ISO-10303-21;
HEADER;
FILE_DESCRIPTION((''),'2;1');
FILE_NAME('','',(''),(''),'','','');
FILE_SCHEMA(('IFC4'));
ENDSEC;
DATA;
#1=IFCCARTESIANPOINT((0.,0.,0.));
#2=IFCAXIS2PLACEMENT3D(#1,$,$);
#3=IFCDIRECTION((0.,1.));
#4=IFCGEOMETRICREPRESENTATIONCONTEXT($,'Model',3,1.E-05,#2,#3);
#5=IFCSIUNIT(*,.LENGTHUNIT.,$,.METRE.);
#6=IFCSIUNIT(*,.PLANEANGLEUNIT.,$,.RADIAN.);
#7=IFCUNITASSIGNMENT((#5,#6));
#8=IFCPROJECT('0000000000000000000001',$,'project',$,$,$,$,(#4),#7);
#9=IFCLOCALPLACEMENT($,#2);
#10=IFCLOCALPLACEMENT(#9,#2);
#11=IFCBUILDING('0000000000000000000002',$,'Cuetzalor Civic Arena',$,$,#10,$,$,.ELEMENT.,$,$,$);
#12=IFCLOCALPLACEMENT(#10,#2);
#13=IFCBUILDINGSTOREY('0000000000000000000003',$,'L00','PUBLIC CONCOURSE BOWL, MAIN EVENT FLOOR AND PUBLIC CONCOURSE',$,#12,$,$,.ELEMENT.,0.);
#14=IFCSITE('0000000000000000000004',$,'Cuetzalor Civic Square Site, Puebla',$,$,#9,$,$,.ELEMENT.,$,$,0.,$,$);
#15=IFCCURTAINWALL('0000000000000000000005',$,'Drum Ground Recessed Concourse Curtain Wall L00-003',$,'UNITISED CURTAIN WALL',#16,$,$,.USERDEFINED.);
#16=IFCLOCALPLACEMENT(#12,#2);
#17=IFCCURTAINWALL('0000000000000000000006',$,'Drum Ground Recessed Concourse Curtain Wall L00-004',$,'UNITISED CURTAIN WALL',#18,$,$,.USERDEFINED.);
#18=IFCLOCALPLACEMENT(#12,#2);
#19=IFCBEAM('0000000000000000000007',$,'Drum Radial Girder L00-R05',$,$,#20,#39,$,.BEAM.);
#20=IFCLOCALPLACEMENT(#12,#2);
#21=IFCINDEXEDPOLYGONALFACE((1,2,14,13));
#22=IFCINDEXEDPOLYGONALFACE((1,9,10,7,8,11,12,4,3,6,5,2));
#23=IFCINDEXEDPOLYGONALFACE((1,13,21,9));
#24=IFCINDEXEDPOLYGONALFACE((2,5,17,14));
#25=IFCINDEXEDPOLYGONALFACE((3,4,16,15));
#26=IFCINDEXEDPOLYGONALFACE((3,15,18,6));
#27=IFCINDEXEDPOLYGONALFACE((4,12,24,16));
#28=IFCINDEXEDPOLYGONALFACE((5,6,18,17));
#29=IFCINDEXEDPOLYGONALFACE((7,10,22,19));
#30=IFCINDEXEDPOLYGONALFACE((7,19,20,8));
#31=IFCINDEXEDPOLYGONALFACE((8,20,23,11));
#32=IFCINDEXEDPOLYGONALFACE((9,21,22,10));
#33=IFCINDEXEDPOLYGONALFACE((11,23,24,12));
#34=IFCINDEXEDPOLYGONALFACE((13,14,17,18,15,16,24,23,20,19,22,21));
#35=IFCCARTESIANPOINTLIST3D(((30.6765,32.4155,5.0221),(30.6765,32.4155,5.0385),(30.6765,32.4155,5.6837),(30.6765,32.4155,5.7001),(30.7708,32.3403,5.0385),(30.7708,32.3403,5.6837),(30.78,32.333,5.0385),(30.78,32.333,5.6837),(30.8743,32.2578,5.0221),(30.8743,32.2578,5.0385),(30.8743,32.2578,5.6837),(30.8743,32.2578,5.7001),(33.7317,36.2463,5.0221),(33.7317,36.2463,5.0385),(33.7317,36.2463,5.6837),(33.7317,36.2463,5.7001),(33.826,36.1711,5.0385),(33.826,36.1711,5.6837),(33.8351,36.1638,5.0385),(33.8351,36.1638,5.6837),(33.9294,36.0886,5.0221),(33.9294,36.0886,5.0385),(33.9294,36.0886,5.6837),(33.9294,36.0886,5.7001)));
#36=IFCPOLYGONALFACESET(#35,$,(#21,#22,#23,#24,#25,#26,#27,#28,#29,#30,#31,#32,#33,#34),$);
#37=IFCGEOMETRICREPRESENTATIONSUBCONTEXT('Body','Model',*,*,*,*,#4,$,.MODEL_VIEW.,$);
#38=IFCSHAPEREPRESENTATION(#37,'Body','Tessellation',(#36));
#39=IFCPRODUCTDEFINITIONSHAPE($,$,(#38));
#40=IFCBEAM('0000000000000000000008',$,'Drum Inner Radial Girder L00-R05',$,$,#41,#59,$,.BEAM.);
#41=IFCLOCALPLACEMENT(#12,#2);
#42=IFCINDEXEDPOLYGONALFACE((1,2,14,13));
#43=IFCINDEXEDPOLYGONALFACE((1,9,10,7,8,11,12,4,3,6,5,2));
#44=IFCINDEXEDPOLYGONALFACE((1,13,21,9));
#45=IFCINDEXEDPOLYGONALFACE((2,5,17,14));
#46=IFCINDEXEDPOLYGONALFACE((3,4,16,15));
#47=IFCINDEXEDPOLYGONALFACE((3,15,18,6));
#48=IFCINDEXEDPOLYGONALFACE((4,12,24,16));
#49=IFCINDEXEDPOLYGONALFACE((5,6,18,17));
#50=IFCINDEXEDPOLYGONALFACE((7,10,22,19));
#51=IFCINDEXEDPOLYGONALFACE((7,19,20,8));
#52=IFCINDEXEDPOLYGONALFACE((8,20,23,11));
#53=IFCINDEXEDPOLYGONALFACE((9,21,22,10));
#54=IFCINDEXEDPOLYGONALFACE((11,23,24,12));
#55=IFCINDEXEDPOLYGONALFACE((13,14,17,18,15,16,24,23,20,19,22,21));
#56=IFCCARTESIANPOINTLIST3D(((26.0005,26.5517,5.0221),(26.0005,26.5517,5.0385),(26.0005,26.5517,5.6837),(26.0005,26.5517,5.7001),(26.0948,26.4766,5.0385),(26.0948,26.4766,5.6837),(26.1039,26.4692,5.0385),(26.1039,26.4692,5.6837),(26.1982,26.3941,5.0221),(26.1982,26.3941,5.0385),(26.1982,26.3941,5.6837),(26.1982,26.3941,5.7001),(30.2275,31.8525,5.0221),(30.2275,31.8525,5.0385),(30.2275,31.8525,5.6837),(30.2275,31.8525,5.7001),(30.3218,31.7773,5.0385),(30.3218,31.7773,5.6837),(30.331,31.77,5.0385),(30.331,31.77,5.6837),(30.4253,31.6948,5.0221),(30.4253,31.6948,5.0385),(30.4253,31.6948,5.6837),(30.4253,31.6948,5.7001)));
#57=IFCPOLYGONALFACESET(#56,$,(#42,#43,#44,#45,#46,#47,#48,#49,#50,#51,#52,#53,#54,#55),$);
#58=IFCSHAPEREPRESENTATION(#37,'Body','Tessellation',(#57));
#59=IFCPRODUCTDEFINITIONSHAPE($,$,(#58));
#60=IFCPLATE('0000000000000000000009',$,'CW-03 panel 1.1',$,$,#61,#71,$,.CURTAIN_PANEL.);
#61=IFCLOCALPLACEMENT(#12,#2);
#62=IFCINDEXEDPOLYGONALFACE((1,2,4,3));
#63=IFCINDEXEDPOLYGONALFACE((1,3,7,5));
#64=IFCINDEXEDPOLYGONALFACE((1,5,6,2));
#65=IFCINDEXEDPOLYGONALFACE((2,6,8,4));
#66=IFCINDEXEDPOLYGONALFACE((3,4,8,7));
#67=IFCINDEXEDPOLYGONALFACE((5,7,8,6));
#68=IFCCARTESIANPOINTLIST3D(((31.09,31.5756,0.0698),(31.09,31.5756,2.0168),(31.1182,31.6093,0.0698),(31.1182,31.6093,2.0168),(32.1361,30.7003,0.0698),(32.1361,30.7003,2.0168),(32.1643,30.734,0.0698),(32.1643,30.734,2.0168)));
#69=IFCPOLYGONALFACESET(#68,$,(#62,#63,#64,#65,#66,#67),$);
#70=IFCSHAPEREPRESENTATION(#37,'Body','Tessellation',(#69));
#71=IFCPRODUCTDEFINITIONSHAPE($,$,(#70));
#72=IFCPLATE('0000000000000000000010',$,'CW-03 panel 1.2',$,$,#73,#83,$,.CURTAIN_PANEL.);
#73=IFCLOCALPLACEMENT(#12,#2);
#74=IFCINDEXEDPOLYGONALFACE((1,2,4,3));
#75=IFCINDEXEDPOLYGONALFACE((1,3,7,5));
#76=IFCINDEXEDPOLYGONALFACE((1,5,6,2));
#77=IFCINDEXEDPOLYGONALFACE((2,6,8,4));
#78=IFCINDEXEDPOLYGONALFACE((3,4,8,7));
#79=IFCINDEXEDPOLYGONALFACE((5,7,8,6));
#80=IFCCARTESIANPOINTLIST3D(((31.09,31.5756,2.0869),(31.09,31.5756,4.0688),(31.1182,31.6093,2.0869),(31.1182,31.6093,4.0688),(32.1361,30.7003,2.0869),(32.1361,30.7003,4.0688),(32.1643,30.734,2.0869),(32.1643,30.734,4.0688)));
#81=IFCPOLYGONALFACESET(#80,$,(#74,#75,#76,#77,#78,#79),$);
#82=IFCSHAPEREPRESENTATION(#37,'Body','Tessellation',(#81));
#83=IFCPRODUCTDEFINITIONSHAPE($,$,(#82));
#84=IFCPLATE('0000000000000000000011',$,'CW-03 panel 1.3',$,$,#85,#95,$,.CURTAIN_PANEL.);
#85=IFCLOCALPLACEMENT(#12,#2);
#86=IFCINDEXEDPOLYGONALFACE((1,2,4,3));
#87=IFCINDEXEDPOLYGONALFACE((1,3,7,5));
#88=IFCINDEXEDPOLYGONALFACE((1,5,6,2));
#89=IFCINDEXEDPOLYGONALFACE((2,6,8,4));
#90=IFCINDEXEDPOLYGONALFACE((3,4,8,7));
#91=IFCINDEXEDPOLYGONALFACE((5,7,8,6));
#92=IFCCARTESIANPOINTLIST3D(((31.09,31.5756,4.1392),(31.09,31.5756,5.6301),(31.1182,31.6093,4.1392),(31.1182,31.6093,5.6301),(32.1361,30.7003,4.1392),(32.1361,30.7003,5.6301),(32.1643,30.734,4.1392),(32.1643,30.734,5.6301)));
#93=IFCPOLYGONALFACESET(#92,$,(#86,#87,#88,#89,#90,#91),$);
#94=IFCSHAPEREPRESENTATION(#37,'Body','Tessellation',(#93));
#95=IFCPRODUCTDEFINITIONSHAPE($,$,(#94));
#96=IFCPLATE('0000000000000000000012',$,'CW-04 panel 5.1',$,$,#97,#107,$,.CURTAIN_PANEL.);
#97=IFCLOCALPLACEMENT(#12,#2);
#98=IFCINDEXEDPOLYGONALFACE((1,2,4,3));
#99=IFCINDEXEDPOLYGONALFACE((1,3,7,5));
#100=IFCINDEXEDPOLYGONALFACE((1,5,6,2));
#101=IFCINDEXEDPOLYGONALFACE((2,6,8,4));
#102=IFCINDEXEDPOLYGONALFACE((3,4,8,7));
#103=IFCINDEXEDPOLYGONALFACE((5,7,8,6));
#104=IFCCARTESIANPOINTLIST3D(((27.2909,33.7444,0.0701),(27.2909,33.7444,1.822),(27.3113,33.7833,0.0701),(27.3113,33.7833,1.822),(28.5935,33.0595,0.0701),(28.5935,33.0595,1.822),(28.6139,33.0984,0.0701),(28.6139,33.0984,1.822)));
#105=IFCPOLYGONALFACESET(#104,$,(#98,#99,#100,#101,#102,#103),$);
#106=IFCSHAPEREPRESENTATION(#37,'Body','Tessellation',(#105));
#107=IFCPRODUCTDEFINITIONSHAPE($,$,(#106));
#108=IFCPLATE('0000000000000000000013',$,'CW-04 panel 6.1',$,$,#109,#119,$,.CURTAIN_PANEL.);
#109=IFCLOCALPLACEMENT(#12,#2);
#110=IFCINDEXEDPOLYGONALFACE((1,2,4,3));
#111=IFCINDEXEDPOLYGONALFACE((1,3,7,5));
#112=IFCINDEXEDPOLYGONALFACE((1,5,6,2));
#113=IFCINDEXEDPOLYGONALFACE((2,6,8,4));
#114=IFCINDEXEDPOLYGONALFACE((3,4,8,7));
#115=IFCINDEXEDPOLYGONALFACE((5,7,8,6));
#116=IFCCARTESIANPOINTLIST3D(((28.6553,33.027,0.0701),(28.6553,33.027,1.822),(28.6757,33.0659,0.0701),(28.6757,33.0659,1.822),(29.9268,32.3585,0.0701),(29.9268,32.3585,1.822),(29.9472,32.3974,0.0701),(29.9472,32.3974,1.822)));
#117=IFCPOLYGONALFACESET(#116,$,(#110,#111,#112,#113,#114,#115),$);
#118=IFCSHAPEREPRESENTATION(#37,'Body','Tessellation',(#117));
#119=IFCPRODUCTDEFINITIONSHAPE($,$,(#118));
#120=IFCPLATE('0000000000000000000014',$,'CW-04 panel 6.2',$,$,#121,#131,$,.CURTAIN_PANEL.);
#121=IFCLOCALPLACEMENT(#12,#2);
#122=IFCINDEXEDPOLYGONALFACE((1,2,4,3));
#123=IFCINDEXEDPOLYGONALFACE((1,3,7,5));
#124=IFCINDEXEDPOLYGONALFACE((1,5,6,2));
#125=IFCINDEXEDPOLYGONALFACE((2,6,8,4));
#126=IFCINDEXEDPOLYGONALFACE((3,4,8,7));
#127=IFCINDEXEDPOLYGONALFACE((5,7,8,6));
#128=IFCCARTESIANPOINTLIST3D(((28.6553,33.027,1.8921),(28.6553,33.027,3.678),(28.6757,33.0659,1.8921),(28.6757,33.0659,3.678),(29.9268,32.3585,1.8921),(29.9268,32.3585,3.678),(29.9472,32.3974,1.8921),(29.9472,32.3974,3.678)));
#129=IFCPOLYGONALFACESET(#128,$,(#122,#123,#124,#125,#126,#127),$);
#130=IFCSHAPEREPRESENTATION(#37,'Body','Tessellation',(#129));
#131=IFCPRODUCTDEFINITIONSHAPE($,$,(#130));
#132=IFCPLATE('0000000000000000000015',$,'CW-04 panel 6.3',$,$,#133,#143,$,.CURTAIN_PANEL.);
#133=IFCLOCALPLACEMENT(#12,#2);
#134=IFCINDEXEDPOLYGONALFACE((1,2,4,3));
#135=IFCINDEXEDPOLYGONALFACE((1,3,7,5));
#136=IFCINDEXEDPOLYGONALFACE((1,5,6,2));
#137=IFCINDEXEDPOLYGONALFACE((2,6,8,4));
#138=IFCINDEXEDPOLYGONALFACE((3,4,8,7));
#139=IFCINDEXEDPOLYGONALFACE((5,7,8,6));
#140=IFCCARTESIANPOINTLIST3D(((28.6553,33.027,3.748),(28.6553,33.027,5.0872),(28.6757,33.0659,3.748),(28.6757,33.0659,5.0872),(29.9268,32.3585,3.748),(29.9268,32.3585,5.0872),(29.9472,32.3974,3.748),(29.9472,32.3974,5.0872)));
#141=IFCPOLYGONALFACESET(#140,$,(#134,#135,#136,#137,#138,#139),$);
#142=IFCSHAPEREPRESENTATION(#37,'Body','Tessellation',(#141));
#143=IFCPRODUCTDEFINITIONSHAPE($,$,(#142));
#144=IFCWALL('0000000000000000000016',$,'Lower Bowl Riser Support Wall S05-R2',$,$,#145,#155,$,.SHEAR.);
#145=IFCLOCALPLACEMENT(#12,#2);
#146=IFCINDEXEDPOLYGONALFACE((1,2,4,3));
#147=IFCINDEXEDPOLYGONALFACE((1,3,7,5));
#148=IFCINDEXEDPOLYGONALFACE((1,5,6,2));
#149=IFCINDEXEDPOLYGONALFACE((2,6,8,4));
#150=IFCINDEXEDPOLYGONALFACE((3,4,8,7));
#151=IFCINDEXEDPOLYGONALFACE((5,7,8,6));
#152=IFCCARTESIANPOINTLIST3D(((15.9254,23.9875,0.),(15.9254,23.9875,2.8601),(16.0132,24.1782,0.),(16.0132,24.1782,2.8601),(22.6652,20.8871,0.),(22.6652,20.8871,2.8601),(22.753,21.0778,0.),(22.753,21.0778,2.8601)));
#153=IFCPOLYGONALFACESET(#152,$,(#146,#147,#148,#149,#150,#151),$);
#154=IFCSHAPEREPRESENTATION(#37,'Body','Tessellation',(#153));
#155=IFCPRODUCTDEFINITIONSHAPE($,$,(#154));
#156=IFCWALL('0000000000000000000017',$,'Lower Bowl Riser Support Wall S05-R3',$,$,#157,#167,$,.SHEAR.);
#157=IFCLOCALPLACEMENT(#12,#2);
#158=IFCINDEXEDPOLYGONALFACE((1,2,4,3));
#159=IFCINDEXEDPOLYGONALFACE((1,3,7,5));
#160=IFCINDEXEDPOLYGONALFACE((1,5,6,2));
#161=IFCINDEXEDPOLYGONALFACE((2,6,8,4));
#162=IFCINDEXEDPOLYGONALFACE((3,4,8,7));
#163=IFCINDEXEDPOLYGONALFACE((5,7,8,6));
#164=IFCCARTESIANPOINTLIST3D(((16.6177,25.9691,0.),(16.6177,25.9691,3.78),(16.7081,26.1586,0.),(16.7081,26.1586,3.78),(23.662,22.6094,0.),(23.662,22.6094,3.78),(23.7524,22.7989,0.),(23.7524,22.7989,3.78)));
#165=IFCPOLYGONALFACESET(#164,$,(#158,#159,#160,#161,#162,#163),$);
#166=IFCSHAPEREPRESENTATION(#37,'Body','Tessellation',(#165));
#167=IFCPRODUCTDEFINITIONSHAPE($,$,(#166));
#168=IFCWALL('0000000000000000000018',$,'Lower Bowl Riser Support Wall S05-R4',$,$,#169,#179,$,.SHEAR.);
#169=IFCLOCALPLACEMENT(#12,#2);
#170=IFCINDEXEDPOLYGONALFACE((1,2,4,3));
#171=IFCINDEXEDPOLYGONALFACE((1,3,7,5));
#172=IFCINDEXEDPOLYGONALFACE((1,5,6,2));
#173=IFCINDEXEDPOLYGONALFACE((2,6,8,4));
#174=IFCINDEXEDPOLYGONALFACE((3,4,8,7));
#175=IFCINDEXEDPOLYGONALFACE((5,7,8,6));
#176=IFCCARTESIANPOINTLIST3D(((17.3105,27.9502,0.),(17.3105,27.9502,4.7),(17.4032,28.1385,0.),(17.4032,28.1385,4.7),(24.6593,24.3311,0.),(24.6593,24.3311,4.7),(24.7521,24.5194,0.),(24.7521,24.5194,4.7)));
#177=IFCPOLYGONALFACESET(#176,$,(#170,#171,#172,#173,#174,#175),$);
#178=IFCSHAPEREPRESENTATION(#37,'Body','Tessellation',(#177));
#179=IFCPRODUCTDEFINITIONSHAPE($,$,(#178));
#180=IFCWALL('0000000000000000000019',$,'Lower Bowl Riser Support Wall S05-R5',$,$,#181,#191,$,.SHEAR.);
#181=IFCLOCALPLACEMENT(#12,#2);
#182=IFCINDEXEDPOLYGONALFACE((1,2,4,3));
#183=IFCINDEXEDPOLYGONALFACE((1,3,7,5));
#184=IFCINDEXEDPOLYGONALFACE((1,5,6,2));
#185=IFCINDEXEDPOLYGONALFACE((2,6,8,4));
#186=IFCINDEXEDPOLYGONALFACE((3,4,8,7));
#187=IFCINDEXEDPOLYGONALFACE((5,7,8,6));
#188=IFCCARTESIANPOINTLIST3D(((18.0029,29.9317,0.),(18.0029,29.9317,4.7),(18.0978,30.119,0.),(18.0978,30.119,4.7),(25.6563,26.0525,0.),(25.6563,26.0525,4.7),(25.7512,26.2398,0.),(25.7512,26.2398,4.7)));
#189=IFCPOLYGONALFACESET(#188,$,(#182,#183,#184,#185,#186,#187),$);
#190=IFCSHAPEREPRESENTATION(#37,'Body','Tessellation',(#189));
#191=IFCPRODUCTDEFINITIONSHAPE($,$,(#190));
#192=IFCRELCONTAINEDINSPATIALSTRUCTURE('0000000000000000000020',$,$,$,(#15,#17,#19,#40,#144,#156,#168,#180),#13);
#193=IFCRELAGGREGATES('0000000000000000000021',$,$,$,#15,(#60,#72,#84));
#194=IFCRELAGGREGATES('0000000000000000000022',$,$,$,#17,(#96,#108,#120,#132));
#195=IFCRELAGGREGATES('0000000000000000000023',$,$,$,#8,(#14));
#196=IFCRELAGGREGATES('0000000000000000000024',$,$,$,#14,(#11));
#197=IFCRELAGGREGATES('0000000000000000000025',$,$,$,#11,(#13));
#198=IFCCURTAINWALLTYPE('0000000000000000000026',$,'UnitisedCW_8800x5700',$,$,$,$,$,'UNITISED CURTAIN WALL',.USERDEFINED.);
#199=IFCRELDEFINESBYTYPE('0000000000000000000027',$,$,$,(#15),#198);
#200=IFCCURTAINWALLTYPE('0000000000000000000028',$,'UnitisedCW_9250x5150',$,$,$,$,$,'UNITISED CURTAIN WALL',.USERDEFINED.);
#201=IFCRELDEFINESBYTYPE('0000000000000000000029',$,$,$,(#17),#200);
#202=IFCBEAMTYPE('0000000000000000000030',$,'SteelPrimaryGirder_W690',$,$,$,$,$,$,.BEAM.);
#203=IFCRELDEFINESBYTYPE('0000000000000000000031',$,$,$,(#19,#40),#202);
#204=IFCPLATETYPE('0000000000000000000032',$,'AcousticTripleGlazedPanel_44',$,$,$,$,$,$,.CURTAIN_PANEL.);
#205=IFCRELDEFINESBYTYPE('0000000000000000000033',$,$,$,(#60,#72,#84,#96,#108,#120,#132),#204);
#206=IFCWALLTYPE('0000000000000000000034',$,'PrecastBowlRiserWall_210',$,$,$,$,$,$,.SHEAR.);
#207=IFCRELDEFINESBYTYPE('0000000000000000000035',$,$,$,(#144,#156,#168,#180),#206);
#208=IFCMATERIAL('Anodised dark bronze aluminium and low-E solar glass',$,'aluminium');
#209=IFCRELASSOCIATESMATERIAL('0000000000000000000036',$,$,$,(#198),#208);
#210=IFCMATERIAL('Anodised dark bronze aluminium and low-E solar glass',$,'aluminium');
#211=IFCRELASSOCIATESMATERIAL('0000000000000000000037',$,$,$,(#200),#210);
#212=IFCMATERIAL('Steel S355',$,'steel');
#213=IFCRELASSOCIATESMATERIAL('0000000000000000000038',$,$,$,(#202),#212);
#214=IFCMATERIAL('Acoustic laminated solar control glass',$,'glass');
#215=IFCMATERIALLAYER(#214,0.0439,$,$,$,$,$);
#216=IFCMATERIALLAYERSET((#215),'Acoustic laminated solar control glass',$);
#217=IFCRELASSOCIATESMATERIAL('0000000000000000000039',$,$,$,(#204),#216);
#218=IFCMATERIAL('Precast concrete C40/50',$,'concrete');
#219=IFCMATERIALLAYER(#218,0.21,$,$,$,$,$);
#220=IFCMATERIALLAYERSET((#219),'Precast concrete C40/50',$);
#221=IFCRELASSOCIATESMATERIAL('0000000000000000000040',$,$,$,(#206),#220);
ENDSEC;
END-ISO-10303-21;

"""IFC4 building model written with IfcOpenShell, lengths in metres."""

from ifc_helpers import new_model, si_unit, direction, frame, frame_2d, origin, origin_2d, place, context, subcontext, project, spatial, rectangle, i_section, extrude, material, layer, layer_set, material_profile, profile_set, type_object, element, aggregate, save


model = new_model("IFC4")

# Units and contexts
model_context = context("Model", 3, precision=1e-05, world=origin(), true_north=direction((0.0, 1.0)))
body_context = subcontext(model_context, "Body", "Model", "MODEL_VIEW")
ifc_project = project(units=[si_unit("LENGTHUNIT", "METRE"), si_unit("PLANEANGLEUNIT", "RADIAN")], contexts=[model_context])

# Site, building, storey
site_placement = place(None, origin())
site = spatial("IfcSite", under=ifc_project, at=site_placement, Name="Cuetzalor Civic Square Site, Puebla", CompositionType="ELEMENT", RefElevation=0.0)
building_placement = place(site_placement, origin())
building = spatial("IfcBuilding", under=site, at=building_placement, Name="Cuetzalor Civic Arena", CompositionType="ELEMENT")
storey_placement = place(building_placement, origin())
storey = spatial("IfcBuildingStorey", under=building, at=storey_placement, Name="L00", Description="PUBLIC CONCOURSE BOWL, MAIN EVENT FLOOR AND PUBLIC CONCOURSE", CompositionType="ELEMENT", Elevation=0.0)

# Curtain walls
ifc_material_1 = material(Name="Anodised dark bronze aluminium and low-E solar glass", Category="aluminium")
curtain_wall_type_1 = type_object("IfcCurtainWallType", Name="UnitisedCW_8800x5700", ElementType="UNITISED CURTAIN WALL", PredefinedType="USERDEFINED", material=ifc_material_1)
curtain_wall_1_placement = place(storey_placement, origin())
curtain_wall_1 = element("IfcCurtainWall", 1, at=curtain_wall_1_placement, inside=storey, type_object=curtain_wall_type_1, Name="Drum Ground Recessed Concourse Curtain Wall L00-003", ObjectType="UNITISED CURTAIN WALL", PredefinedType="USERDEFINED")
ifc_material_2 = material(Name="Anodised dark bronze aluminium and low-E solar glass", Category="aluminium")
curtain_wall_type_2 = type_object("IfcCurtainWallType", Name="UnitisedCW_9250x5150", ElementType="UNITISED CURTAIN WALL", PredefinedType="USERDEFINED", material=ifc_material_2)
curtain_wall_2_placement = place(storey_placement, origin())
curtain_wall_2 = element("IfcCurtainWall", 2, at=curtain_wall_2_placement, inside=storey, type_object=curtain_wall_type_2, Name="Drum Ground Recessed Concourse Curtain Wall L00-004", ObjectType="UNITISED CURTAIN WALL", PredefinedType="USERDEFINED")

# Beams
ifc_material_3 = material(Name="Steel S355", Category="steel")
ifc_material_profile_1 = material_profile(ifc_material_3, i_section(OverallWidth=0.2529, OverallDepth=0.678, WebThickness=0.0117, FlangeThickness=0.0164, at=origin_2d()), Name="W690x125")
ifc_profile_set_1 = profile_set([ifc_material_profile_1], Name="Steel S355")
beam_type_1 = type_object("IfcBeamType", Name="SteelPrimaryGirder_W690", PredefinedType="BEAM", material=ifc_profile_set_1)
beam_1_placement = place(storey_placement, frame((30.7754, 32.3367, 5.3611), z_axis=(0.623516, 0.781811, 0.0), x_axis=(-0.781811, 0.623516, 0.0)))
element("IfcBeam", 3, at=beam_1_placement, inside=storey, type_object=beam_type_1, Name="Drum Radial Girder L00-R05", PredefinedType="BEAM", context=body_context, shape_type="SweptSolid", body=[
    extrude(i_section(OverallWidth=0.2529, OverallDepth=0.678, WebThickness=0.0117, FlangeThickness=0.0164, at=origin_2d()), origin(), (0.0, 0.0, 1.0), 4.8999),
])
beam_2_placement = place(storey_placement, frame((26.0994, 26.4729, 5.3611), z_axis=(0.623473, 0.781845, 0.0), x_axis=(-0.781845, 0.623473, 0.0)))
element("IfcBeam", 4, at=beam_2_placement, inside=storey, type_object=beam_type_1, Name="Drum Inner Radial Girder L00-R05", PredefinedType="BEAM", context=body_context, shape_type="SweptSolid", body=[
    extrude(i_section(OverallWidth=0.2529, OverallDepth=0.678, WebThickness=0.0117, FlangeThickness=0.0164, at=origin_2d()), origin(), (0.0, 0.0, 1.0), 6.7798),
])

# Plates
ifc_material_4 = material(Name="Acoustic laminated solar control glass", Category="glass")
ifc_layer_1 = layer(ifc_material_4, 0.0439)
ifc_layer_set_1 = layer_set([ifc_layer_1], Name="Acoustic laminated solar control glass")
plate_type = type_object("IfcPlateType", Name="AcousticTripleGlazedPanel_44", PredefinedType="CURTAIN_PANEL", material=ifc_layer_set_1)
plate_1_placement = place(storey_placement, frame((31.6272, 31.1548, 0.0698), z_axis=(0.0, 0.0, 1.0), x_axis=(0.766928, -0.641733, 0.0)))
plate_1 = element("IfcPlate", 5, at=plate_1_placement, type_object=plate_type, Name="CW-03 panel 1.1", PredefinedType="CURTAIN_PANEL", context=body_context, shape_type="SweptSolid", body=[
    extrude(rectangle(XDim=1.364, YDim=0.0439, at=origin_2d()), origin(), (0.0, 0.0, 1.0), 1.947),
])
plate_2_placement = place(storey_placement, frame((31.6272, 31.1548, 2.0869), z_axis=(0.0, 0.0, 1.0), x_axis=(0.766928, -0.641733, 0.0)))
plate_2 = element("IfcPlate", 6, at=plate_2_placement, type_object=plate_type, Name="CW-03 panel 1.2", PredefinedType="CURTAIN_PANEL", context=body_context, shape_type="SweptSolid", body=[
    extrude(rectangle(XDim=1.364, YDim=0.0439, at=origin_2d()), origin(), (0.0, 0.0, 1.0), 1.9819),
])
plate_3_placement = place(storey_placement, frame((31.6272, 31.1548, 4.1392), z_axis=(0.0, 0.0, 1.0), x_axis=(0.766928, -0.641733, 0.0)))
plate_3 = element("IfcPlate", 7, at=plate_3_placement, type_object=plate_type, Name="CW-03 panel 1.3", PredefinedType="CURTAIN_PANEL", context=body_context, shape_type="SweptSolid", body=[
    extrude(rectangle(XDim=1.364, YDim=0.0439, at=origin_2d()), origin(), (0.0, 0.0, 1.0), 1.491),
])
aggregate(curtain_wall_1, [plate_1, plate_2, plate_3])
plate_4_placement = place(storey_placement, frame((27.9524, 33.4214, 0.0701), z_axis=(0.0, 0.0, 1.0), x_axis=(0.885118, -0.465366, 0.0)))
plate_4 = element("IfcPlate", 8, at=plate_4_placement, type_object=plate_type, Name="CW-04 panel 5.1", PredefinedType="CURTAIN_PANEL", context=body_context, shape_type="SweptSolid", body=[
    extrude(rectangle(XDim=1.4717, YDim=0.0439, at=origin_2d()), origin(), (0.0, 0.0, 1.0), 1.752),
])
plate_5_placement = place(storey_placement, frame((29.3013, 32.7122, 0.0701), z_axis=(0.0, 0.0, 1.0), x_axis=(0.885118, -0.465366, 0.0)))
plate_5 = element("IfcPlate", 9, at=plate_5_placement, type_object=plate_type, Name="CW-04 panel 6.1", PredefinedType="CURTAIN_PANEL", context=body_context, shape_type="SweptSolid", body=[
    extrude(rectangle(XDim=1.4365, YDim=0.0439, at=origin_2d()), origin(), (0.0, 0.0, 1.0), 1.752),
])
plate_6_placement = place(storey_placement, frame((29.3013, 32.7122, 1.8921), z_axis=(0.0, 0.0, 1.0), x_axis=(0.885118, -0.465366, 0.0)))
plate_6 = element("IfcPlate", 10, at=plate_6_placement, type_object=plate_type, Name="CW-04 panel 6.2", PredefinedType="CURTAIN_PANEL", context=body_context, shape_type="SweptSolid", body=[
    extrude(rectangle(XDim=1.4365, YDim=0.0439, at=origin_2d()), origin(), (0.0, 0.0, 1.0), 1.7859),
])
plate_7_placement = place(storey_placement, frame((29.3013, 32.7122, 3.748), z_axis=(0.0, 0.0, 1.0), x_axis=(0.885118, -0.465366, 0.0)))
plate_7 = element("IfcPlate", 11, at=plate_7_placement, type_object=plate_type, Name="CW-04 panel 6.3", PredefinedType="CURTAIN_PANEL", context=body_context, shape_type="SweptSolid", body=[
    extrude(rectangle(XDim=1.4365, YDim=0.0439, at=origin_2d()), origin(), (0.0, 0.0, 1.0), 1.3391),
])
aggregate(curtain_wall_2, [plate_4, plate_5, plate_6, plate_7])

# Walls
ifc_material_5 = material(Name="Precast concrete C40/50", Category="concrete")
ifc_layer_2 = layer(ifc_material_5, 0.21)
ifc_layer_set_2 = layer_set([ifc_layer_2], Name="Precast concrete C40/50")
wall_type = type_object("IfcWallType", Name="PrecastBowlRiserWall_210", PredefinedType="SHEAR", material=ifc_layer_set_2)
wall_1_placement = place(storey_placement, frame((22.7092, 20.9824, 0.0), z_axis=(0.0, 0.0, 1.0), x_axis=(-0.908487, 0.417912, 0.0)))
element("IfcWall", 12, at=wall_1_placement, inside=storey, type_object=wall_type, Name="Lower Bowl Riser Support Wall S05-R2", PredefinedType="SHEAR", context=body_context, shape_type="SweptSolid", body=[
    extrude(rectangle(XDim=7.4187, YDim=0.21, at=frame_2d((3.7095, 0.0))), origin(), (0.0, 0.0, 1.0), 2.8601),
])
wall_2_placement = place(storey_placement, frame((23.7073, 22.7041, 0.0), z_axis=(0.0, 0.0, 1.0), x_axis=(-0.9026, 0.430481, 0.0)))
element("IfcWall", 13, at=wall_2_placement, inside=storey, type_object=wall_type, Name="Lower Bowl Riser Support Wall S05-R3", PredefinedType="SHEAR", context=body_context, shape_type="SweptSolid", body=[
    extrude(rectangle(XDim=7.8044, YDim=0.21, at=frame_2d((3.9023, 0.0))), origin(), (0.0, 0.0, 1.0), 3.78),
])
wall_3_placement = place(storey_placement, frame((24.7056, 24.4253, 0.0), z_axis=(0.0, 0.0, 1.0), x_axis=(-0.897111, 0.441805, 0.0)))
element("IfcWall", 14, at=wall_3_placement, inside=storey, type_object=wall_type, Name="Lower Bowl Riser Support Wall S05-R4", PredefinedType="SHEAR", context=body_context, shape_type="SweptSolid", body=[
    extrude(rectangle(XDim=8.1917, YDim=0.21, at=frame_2d((4.0957, 0.0))), origin(), (0.0, 0.0, 1.0), 4.7),
])
wall_4_placement = place(storey_placement, frame((25.7036, 26.1462, 0.0), z_axis=(0.0, 0.0, 1.0), x_axis=(-0.891967, 0.452101, 0.0)))
element("IfcWall", 15, at=wall_4_placement, inside=storey, type_object=wall_type, Name="Lower Bowl Riser Support Wall S05-R5", PredefinedType="SHEAR", context=body_context, shape_type="SweptSolid", body=[
    extrude(rectangle(XDim=8.5803, YDim=0.21, at=frame_2d((4.29, 0.0))), origin(), (0.0, 0.0, 1.0), 4.7),
])

save(model, "model.ifc")
